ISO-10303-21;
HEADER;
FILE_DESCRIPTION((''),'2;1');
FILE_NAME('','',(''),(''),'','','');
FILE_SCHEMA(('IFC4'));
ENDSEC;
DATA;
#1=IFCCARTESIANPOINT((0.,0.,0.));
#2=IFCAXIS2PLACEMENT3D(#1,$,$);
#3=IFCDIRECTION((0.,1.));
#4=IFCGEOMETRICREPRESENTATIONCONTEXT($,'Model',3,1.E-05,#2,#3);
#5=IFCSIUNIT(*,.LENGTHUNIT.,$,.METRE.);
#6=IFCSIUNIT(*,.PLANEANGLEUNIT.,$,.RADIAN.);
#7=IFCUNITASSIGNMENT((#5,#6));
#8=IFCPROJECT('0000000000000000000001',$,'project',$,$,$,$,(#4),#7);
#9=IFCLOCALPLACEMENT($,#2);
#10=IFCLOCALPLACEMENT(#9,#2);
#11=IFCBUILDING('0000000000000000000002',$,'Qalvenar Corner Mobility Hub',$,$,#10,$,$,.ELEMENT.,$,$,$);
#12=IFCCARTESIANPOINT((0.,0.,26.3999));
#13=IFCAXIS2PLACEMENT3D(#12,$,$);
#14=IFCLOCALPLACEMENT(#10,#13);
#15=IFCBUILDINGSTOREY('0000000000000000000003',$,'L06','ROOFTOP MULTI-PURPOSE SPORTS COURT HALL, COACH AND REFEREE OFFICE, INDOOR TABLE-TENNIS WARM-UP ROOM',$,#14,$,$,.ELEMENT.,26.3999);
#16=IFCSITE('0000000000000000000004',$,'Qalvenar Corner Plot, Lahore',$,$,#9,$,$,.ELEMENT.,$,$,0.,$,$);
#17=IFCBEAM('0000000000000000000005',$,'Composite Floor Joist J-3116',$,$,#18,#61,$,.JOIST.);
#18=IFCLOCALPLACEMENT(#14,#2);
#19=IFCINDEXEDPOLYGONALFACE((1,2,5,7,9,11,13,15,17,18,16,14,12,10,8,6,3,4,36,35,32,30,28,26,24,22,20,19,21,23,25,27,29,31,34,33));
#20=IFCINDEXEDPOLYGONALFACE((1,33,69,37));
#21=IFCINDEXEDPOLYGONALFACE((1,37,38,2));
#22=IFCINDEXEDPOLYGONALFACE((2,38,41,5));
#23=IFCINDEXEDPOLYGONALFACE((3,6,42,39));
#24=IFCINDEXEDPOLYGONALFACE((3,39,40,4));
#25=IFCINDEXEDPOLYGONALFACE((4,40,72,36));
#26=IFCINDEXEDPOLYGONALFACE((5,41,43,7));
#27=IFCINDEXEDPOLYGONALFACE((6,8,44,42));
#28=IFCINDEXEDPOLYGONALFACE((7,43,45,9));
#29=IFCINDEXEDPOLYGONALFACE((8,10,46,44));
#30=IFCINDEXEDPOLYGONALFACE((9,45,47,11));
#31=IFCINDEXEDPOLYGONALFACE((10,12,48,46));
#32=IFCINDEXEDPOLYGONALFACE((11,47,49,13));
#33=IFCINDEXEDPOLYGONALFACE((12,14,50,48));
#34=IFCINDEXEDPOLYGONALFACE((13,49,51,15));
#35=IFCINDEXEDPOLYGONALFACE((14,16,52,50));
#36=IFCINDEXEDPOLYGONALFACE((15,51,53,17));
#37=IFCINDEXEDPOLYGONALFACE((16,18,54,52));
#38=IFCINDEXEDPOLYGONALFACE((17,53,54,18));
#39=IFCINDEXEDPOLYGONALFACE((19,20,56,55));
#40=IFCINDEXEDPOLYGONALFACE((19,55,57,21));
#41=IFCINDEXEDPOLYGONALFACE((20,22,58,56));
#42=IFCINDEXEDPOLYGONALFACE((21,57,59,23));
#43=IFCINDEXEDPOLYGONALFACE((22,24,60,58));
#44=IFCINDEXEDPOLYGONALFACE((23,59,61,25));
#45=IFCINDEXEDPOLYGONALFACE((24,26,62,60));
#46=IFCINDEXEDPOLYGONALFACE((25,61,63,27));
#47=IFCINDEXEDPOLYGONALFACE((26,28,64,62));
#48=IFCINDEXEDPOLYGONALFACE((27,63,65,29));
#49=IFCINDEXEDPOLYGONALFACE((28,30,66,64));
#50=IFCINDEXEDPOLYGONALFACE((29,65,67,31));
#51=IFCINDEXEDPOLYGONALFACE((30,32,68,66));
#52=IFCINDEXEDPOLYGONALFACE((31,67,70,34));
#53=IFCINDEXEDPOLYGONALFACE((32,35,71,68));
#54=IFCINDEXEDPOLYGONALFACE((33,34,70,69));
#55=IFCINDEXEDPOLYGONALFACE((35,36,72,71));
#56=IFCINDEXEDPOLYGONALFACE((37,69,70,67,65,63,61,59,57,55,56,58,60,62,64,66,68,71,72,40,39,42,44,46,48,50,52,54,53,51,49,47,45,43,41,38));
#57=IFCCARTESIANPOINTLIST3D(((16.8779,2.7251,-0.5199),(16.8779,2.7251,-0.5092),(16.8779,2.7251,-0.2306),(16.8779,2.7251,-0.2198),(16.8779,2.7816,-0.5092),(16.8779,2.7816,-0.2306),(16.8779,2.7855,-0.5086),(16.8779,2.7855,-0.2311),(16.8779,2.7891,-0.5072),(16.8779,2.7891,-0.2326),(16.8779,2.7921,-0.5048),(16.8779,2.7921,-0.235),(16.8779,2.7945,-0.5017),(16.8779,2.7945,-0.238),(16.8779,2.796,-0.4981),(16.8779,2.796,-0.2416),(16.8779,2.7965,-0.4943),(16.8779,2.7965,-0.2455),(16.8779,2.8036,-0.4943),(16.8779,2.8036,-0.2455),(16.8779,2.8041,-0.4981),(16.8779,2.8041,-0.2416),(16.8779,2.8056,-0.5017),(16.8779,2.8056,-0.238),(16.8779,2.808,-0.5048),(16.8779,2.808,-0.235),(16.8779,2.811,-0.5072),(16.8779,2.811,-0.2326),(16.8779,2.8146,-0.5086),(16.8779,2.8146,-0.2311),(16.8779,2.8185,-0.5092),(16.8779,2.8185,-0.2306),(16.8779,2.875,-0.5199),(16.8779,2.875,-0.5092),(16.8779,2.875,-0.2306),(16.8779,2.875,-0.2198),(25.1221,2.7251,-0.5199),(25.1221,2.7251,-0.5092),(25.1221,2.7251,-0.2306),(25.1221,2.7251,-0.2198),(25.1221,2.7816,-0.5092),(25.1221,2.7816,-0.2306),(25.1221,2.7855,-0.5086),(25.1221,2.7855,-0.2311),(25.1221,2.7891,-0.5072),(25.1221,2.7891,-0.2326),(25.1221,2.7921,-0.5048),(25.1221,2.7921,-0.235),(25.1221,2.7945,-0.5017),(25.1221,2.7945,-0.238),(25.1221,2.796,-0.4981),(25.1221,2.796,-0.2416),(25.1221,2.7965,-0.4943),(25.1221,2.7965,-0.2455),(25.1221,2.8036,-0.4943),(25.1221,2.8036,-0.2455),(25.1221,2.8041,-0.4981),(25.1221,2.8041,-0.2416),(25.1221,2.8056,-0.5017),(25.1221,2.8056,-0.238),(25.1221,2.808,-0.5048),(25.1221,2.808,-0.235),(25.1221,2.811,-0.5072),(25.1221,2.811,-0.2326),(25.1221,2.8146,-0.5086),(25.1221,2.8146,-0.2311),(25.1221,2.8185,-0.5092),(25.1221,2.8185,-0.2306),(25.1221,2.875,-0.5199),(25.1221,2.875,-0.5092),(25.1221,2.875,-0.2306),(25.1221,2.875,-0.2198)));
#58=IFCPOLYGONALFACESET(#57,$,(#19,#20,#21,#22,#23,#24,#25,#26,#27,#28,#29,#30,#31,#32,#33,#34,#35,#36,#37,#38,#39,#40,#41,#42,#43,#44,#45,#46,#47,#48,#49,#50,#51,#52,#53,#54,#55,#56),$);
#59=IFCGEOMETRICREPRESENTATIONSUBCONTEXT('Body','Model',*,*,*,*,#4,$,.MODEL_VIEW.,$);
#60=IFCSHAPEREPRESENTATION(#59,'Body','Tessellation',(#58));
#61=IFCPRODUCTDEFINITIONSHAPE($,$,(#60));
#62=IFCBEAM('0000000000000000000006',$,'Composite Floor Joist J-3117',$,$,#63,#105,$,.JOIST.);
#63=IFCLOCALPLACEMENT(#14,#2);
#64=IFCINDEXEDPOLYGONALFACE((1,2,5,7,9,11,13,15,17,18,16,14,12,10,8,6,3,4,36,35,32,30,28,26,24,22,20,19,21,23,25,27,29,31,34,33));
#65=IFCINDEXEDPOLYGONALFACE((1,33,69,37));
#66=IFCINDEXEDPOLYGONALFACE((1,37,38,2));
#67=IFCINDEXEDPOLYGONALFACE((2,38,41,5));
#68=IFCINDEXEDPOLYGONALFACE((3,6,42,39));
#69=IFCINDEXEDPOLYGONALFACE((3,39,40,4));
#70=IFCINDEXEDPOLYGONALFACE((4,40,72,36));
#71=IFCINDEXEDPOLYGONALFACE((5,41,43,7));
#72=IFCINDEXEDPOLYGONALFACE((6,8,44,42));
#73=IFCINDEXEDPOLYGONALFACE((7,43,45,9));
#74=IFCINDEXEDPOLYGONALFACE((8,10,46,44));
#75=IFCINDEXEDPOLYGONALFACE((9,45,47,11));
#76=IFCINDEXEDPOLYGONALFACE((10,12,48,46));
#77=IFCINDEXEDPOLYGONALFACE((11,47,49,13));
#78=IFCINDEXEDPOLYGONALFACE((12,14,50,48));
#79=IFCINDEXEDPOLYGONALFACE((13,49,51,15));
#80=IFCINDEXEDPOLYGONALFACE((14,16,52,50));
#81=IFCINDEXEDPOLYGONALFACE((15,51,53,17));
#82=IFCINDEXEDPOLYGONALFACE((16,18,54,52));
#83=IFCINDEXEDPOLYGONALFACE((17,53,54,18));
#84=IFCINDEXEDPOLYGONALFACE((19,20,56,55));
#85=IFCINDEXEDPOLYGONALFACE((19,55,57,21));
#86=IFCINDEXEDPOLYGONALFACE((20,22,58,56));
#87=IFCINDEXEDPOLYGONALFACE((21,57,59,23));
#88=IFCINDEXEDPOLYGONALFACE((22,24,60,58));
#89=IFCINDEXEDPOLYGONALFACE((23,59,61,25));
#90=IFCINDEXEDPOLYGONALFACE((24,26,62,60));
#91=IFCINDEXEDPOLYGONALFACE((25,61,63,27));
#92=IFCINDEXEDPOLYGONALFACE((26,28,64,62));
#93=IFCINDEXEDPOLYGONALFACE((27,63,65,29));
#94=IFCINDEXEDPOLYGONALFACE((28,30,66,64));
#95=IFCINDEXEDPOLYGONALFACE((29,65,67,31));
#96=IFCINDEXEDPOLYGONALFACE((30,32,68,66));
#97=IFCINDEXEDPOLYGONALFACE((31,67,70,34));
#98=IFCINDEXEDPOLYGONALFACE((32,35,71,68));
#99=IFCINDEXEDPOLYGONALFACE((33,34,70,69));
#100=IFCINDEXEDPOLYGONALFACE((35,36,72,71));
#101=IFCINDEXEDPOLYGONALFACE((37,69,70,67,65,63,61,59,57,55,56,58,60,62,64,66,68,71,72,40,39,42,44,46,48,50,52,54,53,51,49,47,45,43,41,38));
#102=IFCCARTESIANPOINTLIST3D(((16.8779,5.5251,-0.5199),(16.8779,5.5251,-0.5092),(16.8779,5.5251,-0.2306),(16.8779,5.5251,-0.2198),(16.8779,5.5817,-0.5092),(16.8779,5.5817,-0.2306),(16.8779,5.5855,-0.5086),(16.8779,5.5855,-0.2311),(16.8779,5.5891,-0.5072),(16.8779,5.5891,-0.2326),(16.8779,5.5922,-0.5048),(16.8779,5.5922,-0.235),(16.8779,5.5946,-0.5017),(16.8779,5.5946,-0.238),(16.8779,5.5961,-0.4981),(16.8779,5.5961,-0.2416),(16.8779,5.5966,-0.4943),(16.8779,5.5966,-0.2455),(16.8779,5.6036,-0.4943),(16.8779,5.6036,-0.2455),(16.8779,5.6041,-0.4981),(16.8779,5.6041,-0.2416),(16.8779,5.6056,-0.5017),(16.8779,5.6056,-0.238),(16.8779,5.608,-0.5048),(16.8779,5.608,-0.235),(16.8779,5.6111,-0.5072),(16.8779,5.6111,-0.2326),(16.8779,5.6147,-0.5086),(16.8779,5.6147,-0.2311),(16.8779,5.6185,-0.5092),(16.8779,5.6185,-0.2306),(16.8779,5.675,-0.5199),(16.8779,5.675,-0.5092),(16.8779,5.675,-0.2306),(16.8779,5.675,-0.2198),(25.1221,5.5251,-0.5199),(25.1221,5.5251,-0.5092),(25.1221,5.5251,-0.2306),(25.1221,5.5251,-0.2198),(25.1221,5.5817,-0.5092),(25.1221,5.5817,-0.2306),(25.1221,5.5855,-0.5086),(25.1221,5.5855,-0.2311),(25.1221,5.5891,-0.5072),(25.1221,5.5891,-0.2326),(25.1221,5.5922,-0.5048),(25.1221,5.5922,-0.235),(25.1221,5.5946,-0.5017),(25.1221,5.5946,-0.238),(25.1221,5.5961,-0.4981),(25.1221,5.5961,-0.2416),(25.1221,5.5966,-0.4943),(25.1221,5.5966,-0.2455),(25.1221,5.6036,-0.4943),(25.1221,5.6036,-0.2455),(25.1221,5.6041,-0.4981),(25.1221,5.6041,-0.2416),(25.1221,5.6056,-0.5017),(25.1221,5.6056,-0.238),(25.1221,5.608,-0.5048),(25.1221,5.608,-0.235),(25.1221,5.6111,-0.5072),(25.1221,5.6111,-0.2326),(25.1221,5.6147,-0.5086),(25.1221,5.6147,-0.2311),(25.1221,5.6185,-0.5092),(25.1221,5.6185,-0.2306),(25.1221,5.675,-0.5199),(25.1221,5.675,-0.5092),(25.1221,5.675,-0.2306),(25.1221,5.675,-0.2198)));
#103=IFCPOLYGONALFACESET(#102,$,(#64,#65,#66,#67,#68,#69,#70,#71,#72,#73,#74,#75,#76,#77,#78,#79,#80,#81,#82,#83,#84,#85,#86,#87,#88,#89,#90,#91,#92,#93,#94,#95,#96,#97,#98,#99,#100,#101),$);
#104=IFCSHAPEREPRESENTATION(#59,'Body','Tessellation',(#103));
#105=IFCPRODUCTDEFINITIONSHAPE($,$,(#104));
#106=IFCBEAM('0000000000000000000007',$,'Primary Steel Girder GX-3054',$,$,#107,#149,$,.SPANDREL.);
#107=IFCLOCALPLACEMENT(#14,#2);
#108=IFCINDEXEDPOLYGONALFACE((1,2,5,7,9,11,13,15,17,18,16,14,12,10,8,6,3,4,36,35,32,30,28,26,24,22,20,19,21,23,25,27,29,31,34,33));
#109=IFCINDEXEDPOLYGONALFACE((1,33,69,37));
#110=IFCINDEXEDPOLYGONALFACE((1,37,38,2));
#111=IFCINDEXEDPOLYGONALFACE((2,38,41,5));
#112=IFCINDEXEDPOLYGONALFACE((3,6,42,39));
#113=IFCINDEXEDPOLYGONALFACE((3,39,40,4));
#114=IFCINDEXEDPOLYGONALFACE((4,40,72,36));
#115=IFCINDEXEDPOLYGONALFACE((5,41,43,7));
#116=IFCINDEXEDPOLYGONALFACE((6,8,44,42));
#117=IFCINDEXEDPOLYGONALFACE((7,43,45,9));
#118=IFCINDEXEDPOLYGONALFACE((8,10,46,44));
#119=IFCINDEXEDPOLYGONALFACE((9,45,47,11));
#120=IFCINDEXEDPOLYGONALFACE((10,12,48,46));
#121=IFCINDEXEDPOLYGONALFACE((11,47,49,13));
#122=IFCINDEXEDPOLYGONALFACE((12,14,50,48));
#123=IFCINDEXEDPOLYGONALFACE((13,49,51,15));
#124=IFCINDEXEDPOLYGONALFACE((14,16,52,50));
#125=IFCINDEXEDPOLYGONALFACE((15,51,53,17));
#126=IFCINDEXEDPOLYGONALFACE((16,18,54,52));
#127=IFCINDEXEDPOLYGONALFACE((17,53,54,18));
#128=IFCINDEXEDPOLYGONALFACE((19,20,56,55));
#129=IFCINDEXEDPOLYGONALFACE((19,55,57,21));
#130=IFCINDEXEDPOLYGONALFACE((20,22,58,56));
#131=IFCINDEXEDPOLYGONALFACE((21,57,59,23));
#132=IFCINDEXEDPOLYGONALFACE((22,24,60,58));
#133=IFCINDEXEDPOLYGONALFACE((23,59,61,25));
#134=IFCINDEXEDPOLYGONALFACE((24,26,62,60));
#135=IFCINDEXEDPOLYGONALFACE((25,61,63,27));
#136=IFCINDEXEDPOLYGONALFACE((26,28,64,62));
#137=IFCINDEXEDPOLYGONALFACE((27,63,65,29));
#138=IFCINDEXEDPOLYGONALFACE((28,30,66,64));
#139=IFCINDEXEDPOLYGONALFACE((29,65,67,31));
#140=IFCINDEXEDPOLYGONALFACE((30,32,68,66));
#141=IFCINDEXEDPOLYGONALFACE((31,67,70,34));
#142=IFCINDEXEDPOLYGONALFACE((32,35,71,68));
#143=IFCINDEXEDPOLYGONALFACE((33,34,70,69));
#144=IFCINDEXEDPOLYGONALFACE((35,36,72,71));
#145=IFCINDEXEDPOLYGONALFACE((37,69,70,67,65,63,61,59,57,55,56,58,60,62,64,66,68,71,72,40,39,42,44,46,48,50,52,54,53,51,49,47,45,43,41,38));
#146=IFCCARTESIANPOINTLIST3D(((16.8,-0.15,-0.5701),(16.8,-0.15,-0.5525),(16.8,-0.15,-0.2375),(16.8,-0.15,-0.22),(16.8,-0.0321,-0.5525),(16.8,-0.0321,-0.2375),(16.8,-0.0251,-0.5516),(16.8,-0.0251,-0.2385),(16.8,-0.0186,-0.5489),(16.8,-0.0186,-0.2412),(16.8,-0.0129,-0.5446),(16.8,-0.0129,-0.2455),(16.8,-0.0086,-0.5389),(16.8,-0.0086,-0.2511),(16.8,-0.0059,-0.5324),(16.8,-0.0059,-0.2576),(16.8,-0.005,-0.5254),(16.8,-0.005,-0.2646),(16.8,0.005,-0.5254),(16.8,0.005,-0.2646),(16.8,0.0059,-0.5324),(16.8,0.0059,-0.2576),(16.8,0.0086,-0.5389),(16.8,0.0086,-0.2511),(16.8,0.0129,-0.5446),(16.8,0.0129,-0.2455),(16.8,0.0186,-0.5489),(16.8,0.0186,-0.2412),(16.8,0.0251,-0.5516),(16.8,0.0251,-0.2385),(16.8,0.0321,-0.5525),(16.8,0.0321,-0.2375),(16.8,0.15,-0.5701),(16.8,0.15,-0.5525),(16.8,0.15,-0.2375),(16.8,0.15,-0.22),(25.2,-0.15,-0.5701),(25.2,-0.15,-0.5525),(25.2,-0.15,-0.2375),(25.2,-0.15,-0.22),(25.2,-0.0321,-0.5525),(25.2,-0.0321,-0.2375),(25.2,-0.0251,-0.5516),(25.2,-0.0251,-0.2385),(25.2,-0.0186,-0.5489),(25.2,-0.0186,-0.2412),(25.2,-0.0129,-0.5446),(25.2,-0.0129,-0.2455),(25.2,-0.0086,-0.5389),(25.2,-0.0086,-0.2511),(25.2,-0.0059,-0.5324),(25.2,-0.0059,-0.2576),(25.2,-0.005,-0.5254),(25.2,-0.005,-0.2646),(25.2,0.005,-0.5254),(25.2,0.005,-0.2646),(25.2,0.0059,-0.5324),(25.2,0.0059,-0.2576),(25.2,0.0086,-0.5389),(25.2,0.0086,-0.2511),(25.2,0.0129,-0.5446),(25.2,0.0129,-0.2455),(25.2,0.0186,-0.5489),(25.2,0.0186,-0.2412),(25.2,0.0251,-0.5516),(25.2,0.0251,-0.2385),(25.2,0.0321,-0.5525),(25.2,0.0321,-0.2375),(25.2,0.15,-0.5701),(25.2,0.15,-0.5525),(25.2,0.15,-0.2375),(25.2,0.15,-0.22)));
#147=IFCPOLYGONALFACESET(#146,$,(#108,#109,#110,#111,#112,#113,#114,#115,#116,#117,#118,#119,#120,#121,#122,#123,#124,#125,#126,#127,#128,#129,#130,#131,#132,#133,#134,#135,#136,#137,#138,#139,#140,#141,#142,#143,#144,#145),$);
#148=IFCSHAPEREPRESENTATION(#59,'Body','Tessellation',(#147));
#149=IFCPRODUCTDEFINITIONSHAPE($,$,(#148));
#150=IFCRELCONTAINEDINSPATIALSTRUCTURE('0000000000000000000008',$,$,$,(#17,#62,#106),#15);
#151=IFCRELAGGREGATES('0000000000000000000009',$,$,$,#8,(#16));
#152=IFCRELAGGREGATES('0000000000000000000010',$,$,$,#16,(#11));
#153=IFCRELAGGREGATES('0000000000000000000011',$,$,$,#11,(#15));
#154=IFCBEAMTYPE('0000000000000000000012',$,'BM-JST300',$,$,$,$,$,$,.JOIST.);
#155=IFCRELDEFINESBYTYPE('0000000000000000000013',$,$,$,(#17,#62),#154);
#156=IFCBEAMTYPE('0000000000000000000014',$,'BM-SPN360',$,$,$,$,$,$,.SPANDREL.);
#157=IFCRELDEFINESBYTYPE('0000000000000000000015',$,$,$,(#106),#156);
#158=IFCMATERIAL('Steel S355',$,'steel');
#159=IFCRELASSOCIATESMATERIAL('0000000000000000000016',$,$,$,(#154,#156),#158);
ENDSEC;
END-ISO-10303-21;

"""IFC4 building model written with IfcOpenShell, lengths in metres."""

from ifc_helpers import new_model, si_unit, direction, frame, origin, origin_2d, place, context, subcontext, project, spatial, i_section, extrude, material, material_profile, profile_set, type_object, element, save


model = new_model("IFC4")

# Units and contexts
model_context = context("Model", 3, precision=1e-05, world=origin(), true_north=direction((0.0, 1.0)))
body_context = subcontext(model_context, "Body", "Model", "MODEL_VIEW")
ifc_project = project(units=[si_unit("LENGTHUNIT", "METRE"), si_unit("PLANEANGLEUNIT", "RADIAN")], contexts=[model_context])

# Site, building, storey
site_placement = place(None, origin())
site = spatial("IfcSite", under=ifc_project, at=site_placement, Name="Qalvenar Corner Plot, Lahore", CompositionType="ELEMENT", RefElevation=0.0)
building_placement = place(site_placement, origin())
building = spatial("IfcBuilding", under=site, at=building_placement, Name="Qalvenar Corner Mobility Hub", CompositionType="ELEMENT")
storey_placement = place(building_placement, frame((0.0, 0.0, 26.3999)))
storey = spatial("IfcBuildingStorey", under=building, at=storey_placement, Name="L06", Description="ROOFTOP MULTI-PURPOSE SPORTS COURT HALL, COACH AND REFEREE OFFICE, INDOOR TABLE-TENNIS WARM-UP ROOM", CompositionType="ELEMENT", Elevation=26.3999)

# Shared definitions
ifc_material_1 = material(Name="Steel S355", Category="steel")

# Beams
ifc_material_profile_1 = material_profile(ifc_material_1, i_section(OverallWidth=0.1499, OverallDepth=0.3, WebThickness=0.0071, FlangeThickness=0.0107, FilletRadius=0.0149, at=origin_2d()), Name="IPE300")
ifc_profile_set_1 = profile_set([ifc_material_profile_1], Name="Steel S355")
beam_type_1 = type_object("IfcBeamType", Name="BM-JST300", PredefinedType="JOIST", material=ifc_profile_set_1)
for number, where, z_axis, x_axis, name in (
    (1, (16.8779, 2.8, -0.3699), (1.0, 0.0, 0.0), (0.0, 1.0, 0.0), "Composite Floor Joist J-3116"),
    (2, (16.8779, 5.6001, -0.3699), (1.0, 0.0, 0.0), (0.0, 1.0, 0.0), "Composite Floor Joist J-3117"),
):
    element("IfcBeam", number, at=place(storey_placement, frame(where, z_axis=z_axis, x_axis=x_axis)), inside=storey, type_object=beam_type_1, Name=name, PredefinedType="JOIST", context=body_context, shape_type="SweptSolid", body=[
        extrude(i_section(OverallWidth=0.1499, OverallDepth=0.3, WebThickness=0.0071, FlangeThickness=0.0107, FilletRadius=0.0149, at=origin_2d()), origin(), (0.0, 0.0, 1.0), 8.2441),
    ])
ifc_material_profile_2 = material_profile(ifc_material_1, i_section(OverallWidth=0.3, OverallDepth=0.3501, WebThickness=0.01, FlangeThickness=0.0176, FilletRadius=0.0271, at=origin_2d()), Name="HEA360")
ifc_profile_set_2 = profile_set([ifc_material_profile_2], Name="Steel S355")
beam_type_2 = type_object("IfcBeamType", Name="BM-SPN360", PredefinedType="SPANDREL", material=ifc_profile_set_2)
beam_1_placement = place(storey_placement, frame((16.8, 0.0, -0.395), z_axis=(1.0, 0.0, 0.0), x_axis=(0.0, 1.0, 0.0)))
element("IfcBeam", 3, at=beam_1_placement, inside=storey, type_object=beam_type_2, Name="Primary Steel Girder GX-3054", PredefinedType="SPANDREL", context=body_context, shape_type="SweptSolid", body=[
    extrude(i_section(OverallWidth=0.3, OverallDepth=0.3501, WebThickness=0.01, FlangeThickness=0.0176, FilletRadius=0.0271, at=origin_2d()), origin(), (0.0, 0.0, 1.0), 8.3999),
])

save(model, "model.ifc")
